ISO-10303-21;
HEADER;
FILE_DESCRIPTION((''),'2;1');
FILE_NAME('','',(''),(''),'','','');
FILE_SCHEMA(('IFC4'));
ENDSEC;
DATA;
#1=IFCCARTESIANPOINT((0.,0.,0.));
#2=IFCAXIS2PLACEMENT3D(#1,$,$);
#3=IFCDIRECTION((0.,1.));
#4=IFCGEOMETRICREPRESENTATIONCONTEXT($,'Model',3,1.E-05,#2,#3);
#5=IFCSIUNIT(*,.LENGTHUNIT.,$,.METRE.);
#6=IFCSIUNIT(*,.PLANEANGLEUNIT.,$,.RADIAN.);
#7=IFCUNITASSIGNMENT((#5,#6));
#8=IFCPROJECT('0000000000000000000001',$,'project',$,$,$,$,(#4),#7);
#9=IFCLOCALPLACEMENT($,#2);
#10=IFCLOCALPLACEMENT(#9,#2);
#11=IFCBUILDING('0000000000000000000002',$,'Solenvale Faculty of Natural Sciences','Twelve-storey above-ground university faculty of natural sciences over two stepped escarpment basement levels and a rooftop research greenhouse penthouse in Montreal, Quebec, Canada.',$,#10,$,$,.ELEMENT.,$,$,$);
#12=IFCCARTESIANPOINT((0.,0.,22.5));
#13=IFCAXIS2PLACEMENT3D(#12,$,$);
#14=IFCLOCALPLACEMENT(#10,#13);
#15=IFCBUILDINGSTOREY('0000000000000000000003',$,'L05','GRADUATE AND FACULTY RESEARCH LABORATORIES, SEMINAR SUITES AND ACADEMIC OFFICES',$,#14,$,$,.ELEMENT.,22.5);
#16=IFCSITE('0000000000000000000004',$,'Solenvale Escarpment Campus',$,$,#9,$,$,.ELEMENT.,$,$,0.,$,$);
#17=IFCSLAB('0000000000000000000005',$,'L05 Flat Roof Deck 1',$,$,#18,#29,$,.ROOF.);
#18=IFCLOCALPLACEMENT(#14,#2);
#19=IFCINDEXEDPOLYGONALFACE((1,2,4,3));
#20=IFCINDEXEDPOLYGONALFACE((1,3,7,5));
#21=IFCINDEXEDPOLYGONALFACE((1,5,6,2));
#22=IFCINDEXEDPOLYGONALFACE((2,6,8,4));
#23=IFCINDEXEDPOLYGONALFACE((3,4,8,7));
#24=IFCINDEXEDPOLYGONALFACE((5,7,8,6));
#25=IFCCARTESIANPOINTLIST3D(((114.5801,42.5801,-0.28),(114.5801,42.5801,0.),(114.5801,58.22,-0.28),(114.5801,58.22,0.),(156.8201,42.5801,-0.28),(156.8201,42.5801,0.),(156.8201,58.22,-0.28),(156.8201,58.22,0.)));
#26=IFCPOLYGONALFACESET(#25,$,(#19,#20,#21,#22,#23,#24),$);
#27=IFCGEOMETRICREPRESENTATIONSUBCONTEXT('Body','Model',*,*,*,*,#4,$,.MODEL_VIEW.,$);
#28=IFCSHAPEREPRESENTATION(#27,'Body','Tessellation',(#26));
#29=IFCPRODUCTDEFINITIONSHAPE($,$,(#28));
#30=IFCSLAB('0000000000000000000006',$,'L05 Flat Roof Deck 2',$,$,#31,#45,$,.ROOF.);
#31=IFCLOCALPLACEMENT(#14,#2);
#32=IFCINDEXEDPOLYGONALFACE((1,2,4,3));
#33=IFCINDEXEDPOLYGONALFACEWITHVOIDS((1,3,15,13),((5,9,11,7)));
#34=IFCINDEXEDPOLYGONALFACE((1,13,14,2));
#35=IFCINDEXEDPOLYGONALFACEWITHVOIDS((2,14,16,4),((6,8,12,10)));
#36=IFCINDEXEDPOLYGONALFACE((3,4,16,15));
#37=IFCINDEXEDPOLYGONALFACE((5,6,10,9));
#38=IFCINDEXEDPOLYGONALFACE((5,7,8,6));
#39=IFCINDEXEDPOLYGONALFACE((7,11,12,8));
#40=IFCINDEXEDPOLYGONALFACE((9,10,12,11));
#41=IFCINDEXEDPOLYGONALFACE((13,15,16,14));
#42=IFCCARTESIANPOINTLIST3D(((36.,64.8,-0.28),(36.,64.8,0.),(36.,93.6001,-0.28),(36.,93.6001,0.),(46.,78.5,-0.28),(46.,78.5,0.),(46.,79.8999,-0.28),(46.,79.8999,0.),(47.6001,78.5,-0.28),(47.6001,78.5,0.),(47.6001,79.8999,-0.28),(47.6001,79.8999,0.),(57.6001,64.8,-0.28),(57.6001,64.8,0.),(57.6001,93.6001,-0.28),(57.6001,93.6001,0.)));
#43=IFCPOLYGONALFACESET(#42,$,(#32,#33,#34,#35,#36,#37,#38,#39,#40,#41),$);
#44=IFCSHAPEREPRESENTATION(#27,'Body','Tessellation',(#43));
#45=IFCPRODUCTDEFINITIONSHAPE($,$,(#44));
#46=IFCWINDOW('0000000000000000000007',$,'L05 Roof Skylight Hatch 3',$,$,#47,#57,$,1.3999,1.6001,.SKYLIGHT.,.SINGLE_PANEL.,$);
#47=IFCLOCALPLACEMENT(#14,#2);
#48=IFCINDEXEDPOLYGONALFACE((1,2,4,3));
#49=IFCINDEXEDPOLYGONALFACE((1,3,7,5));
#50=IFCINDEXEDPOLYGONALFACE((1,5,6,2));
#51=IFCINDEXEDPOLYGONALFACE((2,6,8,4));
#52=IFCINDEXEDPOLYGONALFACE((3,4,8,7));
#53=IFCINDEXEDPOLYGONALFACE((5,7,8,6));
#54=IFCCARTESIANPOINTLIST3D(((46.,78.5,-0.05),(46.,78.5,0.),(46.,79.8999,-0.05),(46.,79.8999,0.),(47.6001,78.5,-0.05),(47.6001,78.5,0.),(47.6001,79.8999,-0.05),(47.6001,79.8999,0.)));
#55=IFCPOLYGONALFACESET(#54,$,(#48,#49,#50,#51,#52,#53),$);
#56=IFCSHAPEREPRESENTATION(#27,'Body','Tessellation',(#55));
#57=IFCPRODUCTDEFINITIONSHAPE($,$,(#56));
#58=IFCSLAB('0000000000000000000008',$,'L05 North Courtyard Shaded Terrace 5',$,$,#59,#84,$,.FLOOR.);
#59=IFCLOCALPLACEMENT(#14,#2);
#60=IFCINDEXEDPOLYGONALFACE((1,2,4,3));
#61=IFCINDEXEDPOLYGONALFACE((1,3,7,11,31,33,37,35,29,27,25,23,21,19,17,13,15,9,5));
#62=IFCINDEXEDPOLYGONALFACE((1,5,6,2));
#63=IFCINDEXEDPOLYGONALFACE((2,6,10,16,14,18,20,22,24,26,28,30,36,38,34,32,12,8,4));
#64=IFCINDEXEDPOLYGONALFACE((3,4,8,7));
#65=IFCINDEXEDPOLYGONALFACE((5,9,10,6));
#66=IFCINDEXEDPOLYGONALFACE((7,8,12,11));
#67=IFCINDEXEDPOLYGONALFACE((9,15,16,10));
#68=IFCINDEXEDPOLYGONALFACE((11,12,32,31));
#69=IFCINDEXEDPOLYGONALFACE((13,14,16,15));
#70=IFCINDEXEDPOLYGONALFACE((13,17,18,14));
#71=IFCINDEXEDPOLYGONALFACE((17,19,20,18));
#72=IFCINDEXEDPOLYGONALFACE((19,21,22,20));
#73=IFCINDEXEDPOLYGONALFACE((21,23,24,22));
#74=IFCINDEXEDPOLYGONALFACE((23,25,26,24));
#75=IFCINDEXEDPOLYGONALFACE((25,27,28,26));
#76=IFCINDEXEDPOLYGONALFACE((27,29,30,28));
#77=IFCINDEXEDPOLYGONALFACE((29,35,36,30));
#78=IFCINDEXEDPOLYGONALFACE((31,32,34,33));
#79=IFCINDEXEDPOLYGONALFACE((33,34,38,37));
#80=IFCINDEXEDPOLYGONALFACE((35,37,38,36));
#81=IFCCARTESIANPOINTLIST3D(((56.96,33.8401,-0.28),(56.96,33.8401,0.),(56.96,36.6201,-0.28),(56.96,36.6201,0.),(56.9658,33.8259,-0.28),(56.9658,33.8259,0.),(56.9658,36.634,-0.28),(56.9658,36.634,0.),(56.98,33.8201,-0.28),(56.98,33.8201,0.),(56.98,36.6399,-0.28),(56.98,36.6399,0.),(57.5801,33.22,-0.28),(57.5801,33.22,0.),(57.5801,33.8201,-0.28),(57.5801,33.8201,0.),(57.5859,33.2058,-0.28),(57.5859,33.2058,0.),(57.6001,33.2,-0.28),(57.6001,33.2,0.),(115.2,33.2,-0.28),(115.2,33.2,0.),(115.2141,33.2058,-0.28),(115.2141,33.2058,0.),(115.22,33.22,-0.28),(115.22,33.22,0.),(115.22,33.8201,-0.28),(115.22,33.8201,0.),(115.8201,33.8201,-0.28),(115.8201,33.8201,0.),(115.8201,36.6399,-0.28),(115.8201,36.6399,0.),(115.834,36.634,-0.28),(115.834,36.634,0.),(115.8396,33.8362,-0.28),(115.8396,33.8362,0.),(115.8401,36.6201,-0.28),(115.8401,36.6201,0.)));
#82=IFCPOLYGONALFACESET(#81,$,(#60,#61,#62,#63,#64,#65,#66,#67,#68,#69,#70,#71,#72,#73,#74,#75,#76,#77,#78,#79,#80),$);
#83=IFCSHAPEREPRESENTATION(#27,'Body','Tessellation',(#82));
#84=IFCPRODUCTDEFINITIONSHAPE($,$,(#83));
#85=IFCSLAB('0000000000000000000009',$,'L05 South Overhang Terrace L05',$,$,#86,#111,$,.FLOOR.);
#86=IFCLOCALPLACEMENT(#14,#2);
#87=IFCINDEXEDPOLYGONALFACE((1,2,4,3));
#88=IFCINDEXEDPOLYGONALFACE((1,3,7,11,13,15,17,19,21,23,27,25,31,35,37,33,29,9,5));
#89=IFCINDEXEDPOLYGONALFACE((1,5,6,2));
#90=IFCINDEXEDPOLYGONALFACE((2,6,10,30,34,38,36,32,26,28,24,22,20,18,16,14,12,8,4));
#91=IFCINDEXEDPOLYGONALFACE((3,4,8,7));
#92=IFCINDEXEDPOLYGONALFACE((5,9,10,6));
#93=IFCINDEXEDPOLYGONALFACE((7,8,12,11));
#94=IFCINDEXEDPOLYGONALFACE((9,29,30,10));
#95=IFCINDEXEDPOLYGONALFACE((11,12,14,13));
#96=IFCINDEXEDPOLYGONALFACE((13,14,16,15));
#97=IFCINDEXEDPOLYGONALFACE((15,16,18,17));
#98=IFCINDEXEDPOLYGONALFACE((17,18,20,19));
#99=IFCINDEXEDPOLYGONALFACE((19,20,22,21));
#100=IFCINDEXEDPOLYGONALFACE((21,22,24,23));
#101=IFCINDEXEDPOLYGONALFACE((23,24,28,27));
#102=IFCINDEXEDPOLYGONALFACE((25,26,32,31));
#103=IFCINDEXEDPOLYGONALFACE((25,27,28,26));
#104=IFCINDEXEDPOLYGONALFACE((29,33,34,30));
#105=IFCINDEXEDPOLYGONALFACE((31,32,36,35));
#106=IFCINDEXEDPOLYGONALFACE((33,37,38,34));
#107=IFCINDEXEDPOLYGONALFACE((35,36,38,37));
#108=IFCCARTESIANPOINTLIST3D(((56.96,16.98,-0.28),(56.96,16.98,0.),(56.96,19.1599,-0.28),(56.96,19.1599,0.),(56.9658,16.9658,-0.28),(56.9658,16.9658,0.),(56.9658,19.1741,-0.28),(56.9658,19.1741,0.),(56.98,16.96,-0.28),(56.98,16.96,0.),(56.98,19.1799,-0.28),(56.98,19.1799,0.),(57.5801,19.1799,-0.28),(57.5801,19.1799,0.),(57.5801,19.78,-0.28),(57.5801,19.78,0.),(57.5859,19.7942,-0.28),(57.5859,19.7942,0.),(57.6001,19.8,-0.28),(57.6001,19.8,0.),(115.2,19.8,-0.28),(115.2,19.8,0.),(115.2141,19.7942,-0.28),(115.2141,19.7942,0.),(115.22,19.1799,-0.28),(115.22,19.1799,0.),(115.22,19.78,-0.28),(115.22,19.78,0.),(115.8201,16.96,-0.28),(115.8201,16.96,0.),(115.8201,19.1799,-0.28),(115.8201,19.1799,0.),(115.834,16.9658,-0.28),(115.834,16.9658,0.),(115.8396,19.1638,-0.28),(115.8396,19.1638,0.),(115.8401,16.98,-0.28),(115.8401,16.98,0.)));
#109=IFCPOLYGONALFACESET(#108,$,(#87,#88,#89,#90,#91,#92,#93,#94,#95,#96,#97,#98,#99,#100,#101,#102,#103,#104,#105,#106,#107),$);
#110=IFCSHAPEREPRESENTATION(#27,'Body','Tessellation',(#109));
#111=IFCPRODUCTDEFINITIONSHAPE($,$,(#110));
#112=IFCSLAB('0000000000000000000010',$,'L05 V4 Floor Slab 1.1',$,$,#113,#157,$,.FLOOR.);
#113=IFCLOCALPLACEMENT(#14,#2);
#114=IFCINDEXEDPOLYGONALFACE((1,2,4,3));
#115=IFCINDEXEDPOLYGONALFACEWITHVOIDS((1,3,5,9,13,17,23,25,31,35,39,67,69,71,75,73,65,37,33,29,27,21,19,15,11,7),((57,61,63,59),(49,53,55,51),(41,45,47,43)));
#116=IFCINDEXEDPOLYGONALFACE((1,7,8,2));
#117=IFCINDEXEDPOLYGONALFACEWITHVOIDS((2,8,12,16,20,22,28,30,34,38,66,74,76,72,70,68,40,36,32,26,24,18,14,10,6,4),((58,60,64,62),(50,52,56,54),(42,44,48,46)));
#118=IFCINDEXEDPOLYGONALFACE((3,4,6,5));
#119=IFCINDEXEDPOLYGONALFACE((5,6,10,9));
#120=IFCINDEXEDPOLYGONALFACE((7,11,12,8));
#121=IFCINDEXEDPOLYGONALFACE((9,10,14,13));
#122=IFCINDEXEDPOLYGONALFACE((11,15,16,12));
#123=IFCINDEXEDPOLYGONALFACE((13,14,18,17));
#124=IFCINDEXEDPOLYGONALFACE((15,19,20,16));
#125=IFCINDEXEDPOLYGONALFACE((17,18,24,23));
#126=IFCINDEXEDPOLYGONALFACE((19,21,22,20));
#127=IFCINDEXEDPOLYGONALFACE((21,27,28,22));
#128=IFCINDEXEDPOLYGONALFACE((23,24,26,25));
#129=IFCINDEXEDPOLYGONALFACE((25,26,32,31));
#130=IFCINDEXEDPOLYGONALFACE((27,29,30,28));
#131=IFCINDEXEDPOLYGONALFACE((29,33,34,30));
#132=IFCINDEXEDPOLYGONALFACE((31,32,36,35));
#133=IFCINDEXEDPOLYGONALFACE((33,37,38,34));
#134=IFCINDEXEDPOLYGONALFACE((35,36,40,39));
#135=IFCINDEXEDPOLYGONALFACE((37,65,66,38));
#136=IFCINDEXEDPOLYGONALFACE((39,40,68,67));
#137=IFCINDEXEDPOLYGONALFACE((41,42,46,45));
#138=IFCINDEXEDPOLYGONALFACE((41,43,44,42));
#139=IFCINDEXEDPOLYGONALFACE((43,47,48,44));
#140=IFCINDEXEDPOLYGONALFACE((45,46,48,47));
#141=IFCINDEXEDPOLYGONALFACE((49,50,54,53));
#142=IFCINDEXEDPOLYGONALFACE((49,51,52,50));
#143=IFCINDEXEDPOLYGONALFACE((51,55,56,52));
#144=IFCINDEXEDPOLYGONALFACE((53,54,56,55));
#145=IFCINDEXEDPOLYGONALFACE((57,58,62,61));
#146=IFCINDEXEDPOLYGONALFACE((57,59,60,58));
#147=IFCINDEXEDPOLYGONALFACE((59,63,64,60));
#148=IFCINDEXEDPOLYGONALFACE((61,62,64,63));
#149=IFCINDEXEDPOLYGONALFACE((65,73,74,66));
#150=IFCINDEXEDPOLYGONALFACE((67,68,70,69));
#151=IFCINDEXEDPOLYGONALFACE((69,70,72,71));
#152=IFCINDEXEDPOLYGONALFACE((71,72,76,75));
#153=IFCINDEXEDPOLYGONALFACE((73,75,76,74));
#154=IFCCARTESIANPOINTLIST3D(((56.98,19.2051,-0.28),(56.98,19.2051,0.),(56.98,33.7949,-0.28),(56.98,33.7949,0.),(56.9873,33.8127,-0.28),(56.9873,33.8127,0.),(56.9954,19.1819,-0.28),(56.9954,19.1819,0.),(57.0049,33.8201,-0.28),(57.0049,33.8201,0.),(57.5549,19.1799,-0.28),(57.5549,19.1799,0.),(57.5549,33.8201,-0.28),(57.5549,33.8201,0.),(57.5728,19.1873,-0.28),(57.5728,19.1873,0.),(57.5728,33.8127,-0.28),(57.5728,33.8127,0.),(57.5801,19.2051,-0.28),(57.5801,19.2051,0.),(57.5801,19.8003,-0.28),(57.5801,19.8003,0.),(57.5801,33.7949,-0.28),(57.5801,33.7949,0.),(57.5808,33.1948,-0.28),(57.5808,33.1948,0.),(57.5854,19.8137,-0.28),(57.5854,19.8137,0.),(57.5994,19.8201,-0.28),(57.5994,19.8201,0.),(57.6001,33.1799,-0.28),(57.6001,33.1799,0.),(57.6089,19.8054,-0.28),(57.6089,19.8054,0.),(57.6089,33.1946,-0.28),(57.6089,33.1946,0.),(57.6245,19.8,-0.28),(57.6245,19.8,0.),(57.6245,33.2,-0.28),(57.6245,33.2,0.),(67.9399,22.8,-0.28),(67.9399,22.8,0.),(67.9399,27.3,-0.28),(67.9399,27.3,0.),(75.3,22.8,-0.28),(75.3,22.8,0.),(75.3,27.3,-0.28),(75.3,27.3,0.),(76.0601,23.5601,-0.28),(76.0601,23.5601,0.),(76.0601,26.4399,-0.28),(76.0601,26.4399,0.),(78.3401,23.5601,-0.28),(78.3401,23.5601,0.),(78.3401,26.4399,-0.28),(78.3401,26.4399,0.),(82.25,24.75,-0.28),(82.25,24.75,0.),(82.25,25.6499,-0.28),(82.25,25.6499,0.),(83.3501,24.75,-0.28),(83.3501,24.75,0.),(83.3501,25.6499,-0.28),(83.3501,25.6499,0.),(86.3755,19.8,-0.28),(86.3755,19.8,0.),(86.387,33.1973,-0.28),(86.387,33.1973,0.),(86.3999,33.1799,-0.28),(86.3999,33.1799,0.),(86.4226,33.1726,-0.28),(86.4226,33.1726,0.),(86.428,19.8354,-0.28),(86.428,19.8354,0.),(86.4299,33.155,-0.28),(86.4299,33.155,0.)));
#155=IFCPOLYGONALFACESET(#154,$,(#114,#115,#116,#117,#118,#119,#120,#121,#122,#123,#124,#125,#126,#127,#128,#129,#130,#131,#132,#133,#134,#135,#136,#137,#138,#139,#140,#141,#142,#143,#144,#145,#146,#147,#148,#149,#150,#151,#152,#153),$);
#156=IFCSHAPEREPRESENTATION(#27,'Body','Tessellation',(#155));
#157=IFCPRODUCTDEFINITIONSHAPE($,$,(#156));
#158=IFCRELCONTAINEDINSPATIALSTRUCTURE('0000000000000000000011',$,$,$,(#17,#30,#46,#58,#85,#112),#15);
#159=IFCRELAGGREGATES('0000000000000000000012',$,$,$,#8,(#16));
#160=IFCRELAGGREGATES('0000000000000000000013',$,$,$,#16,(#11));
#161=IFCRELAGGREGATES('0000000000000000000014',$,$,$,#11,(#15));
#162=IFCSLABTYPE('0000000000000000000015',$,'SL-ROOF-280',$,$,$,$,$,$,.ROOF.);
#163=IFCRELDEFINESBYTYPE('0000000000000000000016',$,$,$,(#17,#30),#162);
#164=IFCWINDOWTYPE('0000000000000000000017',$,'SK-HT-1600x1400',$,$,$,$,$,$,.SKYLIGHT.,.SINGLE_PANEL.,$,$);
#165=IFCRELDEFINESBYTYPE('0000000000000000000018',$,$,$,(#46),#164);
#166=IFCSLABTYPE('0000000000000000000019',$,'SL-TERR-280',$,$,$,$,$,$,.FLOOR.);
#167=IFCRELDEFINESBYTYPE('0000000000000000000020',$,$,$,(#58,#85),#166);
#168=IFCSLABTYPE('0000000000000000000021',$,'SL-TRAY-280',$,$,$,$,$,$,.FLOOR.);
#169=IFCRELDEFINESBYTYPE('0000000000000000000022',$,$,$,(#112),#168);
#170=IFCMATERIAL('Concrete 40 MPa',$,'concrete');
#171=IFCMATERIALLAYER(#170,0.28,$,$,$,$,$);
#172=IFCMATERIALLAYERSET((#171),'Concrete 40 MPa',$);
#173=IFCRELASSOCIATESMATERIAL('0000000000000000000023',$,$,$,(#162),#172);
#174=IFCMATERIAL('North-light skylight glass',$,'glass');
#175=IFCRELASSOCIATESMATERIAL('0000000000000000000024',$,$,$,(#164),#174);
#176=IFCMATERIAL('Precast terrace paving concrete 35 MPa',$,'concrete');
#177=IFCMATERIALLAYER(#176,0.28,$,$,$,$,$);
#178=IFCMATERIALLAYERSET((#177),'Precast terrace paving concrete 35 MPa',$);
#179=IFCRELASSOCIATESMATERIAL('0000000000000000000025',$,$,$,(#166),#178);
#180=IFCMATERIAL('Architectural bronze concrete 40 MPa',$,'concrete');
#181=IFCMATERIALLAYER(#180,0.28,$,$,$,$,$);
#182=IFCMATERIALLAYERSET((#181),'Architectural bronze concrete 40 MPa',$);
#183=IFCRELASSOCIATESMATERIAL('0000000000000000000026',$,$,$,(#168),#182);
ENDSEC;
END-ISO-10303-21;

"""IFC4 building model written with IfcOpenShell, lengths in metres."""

from ifc_helpers import new_model, si_unit, direction, frame, origin, origin_2d, place, context, subcontext, project, spatial, polyline, rectangle, outline, extrude, material, layer, layer_set, type_object, element, fill, save


model = new_model("IFC4")

# Units and contexts
model_context = context("Model", 3, precision=1e-05, world=origin(), true_north=direction((0.0, 1.0)))
body_context = subcontext(model_context, "Body", "Model", "MODEL_VIEW")
ifc_project = project(units=[si_unit("LENGTHUNIT", "METRE"), si_unit("PLANEANGLEUNIT", "RADIAN")], contexts=[model_context])

# Site, building, storey
site_placement = place(None, origin())
site = spatial("IfcSite", under=ifc_project, at=site_placement, Name="Solenvale Escarpment Campus", CompositionType="ELEMENT", RefElevation=0.0)
building_placement = place(site_placement, origin())
building = spatial("IfcBuilding", under=site, at=building_placement, Name="Solenvale Faculty of Natural Sciences", Description="Twelve-storey above-ground university faculty of natural sciences over two stepped escarpment basement levels and a rooftop research greenhouse penthouse in Montreal, Quebec, Canada.", CompositionType="ELEMENT")
storey_placement = place(building_placement, frame((0.0, 0.0, 22.5)))
storey = spatial("IfcBuildingStorey", under=building, at=storey_placement, Name="L05", Description="GRADUATE AND FACULTY RESEARCH LABORATORIES, SEMINAR SUITES AND ACADEMIC OFFICES", CompositionType="ELEMENT", Elevation=22.5)

# Shared definitions
ifc_material_1 = material(Name="Concrete 40 MPa", Category="concrete")

# Slab
ifc_layer_1 = layer(ifc_material_1, 0.28)
ifc_layer_set_1 = layer_set([ifc_layer_1], Name="Concrete 40 MPa")
slab_type_1 = type_object("IfcSlabType", Name="SL-ROOF-280", PredefinedType="ROOF", material=ifc_layer_set_1)
slab_1_placement = place(storey_placement, frame((0.0, 0.0, -0.28)))
element("IfcSlab", 1, at=slab_1_placement, inside=storey, type_object=slab_type_1, Name="L05 Flat Roof Deck 1", PredefinedType="ROOF", context=body_context, shape_type="SweptSolid", body=[
    extrude(outline(polyline([(114.5801, 58.22), (156.8201, 58.22), (156.8201, 42.5801), (114.5801, 42.5801), (114.5801, 58.22)])), origin(), (0.0, 0.0, 1.0), 0.28),
])

# Slab, opening, window
slab_2_placement = place(storey_placement, frame((0.0, 0.0, -0.28)))
slab_2 = element("IfcSlab", 2, at=slab_2_placement, inside=storey, type_object=slab_type_1, Name="L05 Flat Roof Deck 2", PredefinedType="ROOF", context=body_context, shape_type="SweptSolid", body=[
    extrude(outline(polyline([(36.0, 64.8), (36.0, 93.6001), (57.6001, 93.6001), (57.6001, 64.8), (36.0, 64.8)])), origin(), (0.0, 0.0, 1.0), 0.28),
])
opening_placement = place(slab_2_placement, frame((46.8, 79.2, -0.01)))
opening = element("IfcOpeningElement", 3, at=opening_placement, cuts=slab_2, PredefinedType="OPENING", context=body_context, shape_type="SweptSolid", body=[
    extrude(rectangle(XDim=1.6001, YDim=1.3999, at=origin_2d()), origin(), (0.0, 0.0, 1.0), 0.3),
])
ifc_material_2 = material(Name="North-light skylight glass", Category="glass")
window_type = type_object("IfcWindowType", Name="SK-HT-1600x1400", PartitioningType="SINGLE_PANEL", PredefinedType="SKYLIGHT", material=ifc_material_2)
window_placement = place(slab_2_placement, frame((46.8, 79.2, 0.23)))
window = element("IfcWindow", 4, at=window_placement, inside=storey, type_object=window_type, Name="L05 Roof Skylight Hatch 3", OverallHeight=1.3999, OverallWidth=1.6001, PartitioningType="SINGLE_PANEL", PredefinedType="SKYLIGHT", context=body_context, shape_type="SweptSolid", body=[
    extrude(rectangle(XDim=1.6001, YDim=1.3999, at=origin_2d()), origin(), (0.0, 0.0, 1.0), 0.05),
])
fill(opening, window)

# Slabs
ifc_material_3 = material(Name="Precast terrace paving concrete 35 MPa", Category="concrete")
ifc_layer_2 = layer(ifc_material_3, 0.28)
ifc_layer_set_2 = layer_set([ifc_layer_2], Name="Precast terrace paving concrete 35 MPa")
slab_type_2 = type_object("IfcSlabType", Name="SL-TERR-280", PredefinedType="FLOOR", material=ifc_layer_set_2)
slab_3_placement = place(storey_placement, frame((0.0, 0.0, -0.28)))
element("IfcSlab", 5, at=slab_3_placement, inside=storey, type_object=slab_type_2, Name="L05 North Courtyard Shaded Terrace 5", PredefinedType="FLOOR", context=body_context, shape_type="SweptSolid", body=[
    extrude(outline(polyline([(56.98, 33.8201), (56.9658, 33.8259), (56.96, 33.8401), (56.96, 36.6201), (56.9658, 36.634), (56.98, 36.6399), (115.8201, 36.6399), (115.834, 36.634), (115.8401, 36.6201), (115.8396, 33.8362), (115.8201, 33.8201), (115.22, 33.8201), (115.22, 33.22), (115.2141, 33.2058), (115.2, 33.2), (57.6001, 33.2), (57.5859, 33.2058), (57.5801, 33.22), (57.5801, 33.8201), (56.98, 33.8201)])), origin(), (0.0, 0.0, 1.0), 0.28),
])
slab_4_placement = place(storey_placement, frame((0.0, 0.0, -0.28)))
element("IfcSlab", 6, at=slab_4_placement, inside=storey, type_object=slab_type_2, Name="L05 South Overhang Terrace L05", PredefinedType="FLOOR", context=body_context, shape_type="SweptSolid", body=[
    extrude(outline(polyline([(56.96, 19.1599), (56.9658, 19.1741), (56.98, 19.1799), (57.5801, 19.1799), (57.5801, 19.78), (57.5859, 19.7942), (57.6001, 19.8), (115.2, 19.8), (115.2141, 19.7942), (115.22, 19.78), (115.22, 19.1799), (115.8201, 19.1799), (115.8396, 19.1638), (115.8401, 16.98), (115.834, 16.9658), (115.8201, 16.96), (56.98, 16.96), (56.9658, 16.9658), (56.96, 16.98), (56.96, 19.1599)])), origin(), (0.0, 0.0, 1.0), 0.28),
])
ifc_material_4 = material(Name="Architectural bronze concrete 40 MPa", Category="concrete")
ifc_layer_3 = layer(ifc_material_4, 0.28)
ifc_layer_set_3 = layer_set([ifc_layer_3], Name="Architectural bronze concrete 40 MPa")
slab_type_3 = type_object("IfcSlabType", Name="SL-TRAY-280", PredefinedType="FLOOR", material=ifc_layer_set_3)
slab_5_placement = place(storey_placement, frame((0.0, 0.0, -0.28)))
element("IfcSlab", 7, at=slab_5_placement, inside=storey, type_object=slab_type_3, Name="L05 V4 Floor Slab 1.1", PredefinedType="FLOOR", context=body_context, shape_type="SweptSolid", body=[
    extrude(outline(polyline([(57.5808, 33.1948), (57.6001, 33.1799), (57.6089, 33.1946), (57.6245, 33.2), (86.387, 33.1973), (86.3999, 33.1799), (86.4226, 33.1726), (86.4299, 33.155), (86.428, 19.8354), (86.3755, 19.8), (57.6245, 19.8), (57.6089, 19.8054), (57.5994, 19.8201), (57.5854, 19.8137), (57.5801, 19.8003), (57.5801, 19.2051), (57.5728, 19.1873), (57.5549, 19.1799), (56.9954, 19.1819), (56.98, 19.2051), (56.98, 33.7949), (56.9873, 33.8127), (57.0049, 33.8201), (57.5549, 33.8201), (57.5728, 33.8127), (57.5801, 33.7949), (57.5808, 33.1948)]), holes=[polyline([(82.25, 24.75), (83.3501, 24.75), (83.3501, 25.6499), (82.25, 25.6499), (82.25, 24.75)]), polyline([(76.0601, 23.5601), (78.3401, 23.5601), (78.3401, 26.4399), (76.0601, 26.4399), (76.0601, 23.5601)]), polyline([(67.9399, 22.8), (75.3, 22.8), (75.3, 27.3), (67.9399, 27.3), (67.9399, 22.8)])]), origin(), (0.0, 0.0, 1.0), 0.28),
])

save(model, "model.ifc")
